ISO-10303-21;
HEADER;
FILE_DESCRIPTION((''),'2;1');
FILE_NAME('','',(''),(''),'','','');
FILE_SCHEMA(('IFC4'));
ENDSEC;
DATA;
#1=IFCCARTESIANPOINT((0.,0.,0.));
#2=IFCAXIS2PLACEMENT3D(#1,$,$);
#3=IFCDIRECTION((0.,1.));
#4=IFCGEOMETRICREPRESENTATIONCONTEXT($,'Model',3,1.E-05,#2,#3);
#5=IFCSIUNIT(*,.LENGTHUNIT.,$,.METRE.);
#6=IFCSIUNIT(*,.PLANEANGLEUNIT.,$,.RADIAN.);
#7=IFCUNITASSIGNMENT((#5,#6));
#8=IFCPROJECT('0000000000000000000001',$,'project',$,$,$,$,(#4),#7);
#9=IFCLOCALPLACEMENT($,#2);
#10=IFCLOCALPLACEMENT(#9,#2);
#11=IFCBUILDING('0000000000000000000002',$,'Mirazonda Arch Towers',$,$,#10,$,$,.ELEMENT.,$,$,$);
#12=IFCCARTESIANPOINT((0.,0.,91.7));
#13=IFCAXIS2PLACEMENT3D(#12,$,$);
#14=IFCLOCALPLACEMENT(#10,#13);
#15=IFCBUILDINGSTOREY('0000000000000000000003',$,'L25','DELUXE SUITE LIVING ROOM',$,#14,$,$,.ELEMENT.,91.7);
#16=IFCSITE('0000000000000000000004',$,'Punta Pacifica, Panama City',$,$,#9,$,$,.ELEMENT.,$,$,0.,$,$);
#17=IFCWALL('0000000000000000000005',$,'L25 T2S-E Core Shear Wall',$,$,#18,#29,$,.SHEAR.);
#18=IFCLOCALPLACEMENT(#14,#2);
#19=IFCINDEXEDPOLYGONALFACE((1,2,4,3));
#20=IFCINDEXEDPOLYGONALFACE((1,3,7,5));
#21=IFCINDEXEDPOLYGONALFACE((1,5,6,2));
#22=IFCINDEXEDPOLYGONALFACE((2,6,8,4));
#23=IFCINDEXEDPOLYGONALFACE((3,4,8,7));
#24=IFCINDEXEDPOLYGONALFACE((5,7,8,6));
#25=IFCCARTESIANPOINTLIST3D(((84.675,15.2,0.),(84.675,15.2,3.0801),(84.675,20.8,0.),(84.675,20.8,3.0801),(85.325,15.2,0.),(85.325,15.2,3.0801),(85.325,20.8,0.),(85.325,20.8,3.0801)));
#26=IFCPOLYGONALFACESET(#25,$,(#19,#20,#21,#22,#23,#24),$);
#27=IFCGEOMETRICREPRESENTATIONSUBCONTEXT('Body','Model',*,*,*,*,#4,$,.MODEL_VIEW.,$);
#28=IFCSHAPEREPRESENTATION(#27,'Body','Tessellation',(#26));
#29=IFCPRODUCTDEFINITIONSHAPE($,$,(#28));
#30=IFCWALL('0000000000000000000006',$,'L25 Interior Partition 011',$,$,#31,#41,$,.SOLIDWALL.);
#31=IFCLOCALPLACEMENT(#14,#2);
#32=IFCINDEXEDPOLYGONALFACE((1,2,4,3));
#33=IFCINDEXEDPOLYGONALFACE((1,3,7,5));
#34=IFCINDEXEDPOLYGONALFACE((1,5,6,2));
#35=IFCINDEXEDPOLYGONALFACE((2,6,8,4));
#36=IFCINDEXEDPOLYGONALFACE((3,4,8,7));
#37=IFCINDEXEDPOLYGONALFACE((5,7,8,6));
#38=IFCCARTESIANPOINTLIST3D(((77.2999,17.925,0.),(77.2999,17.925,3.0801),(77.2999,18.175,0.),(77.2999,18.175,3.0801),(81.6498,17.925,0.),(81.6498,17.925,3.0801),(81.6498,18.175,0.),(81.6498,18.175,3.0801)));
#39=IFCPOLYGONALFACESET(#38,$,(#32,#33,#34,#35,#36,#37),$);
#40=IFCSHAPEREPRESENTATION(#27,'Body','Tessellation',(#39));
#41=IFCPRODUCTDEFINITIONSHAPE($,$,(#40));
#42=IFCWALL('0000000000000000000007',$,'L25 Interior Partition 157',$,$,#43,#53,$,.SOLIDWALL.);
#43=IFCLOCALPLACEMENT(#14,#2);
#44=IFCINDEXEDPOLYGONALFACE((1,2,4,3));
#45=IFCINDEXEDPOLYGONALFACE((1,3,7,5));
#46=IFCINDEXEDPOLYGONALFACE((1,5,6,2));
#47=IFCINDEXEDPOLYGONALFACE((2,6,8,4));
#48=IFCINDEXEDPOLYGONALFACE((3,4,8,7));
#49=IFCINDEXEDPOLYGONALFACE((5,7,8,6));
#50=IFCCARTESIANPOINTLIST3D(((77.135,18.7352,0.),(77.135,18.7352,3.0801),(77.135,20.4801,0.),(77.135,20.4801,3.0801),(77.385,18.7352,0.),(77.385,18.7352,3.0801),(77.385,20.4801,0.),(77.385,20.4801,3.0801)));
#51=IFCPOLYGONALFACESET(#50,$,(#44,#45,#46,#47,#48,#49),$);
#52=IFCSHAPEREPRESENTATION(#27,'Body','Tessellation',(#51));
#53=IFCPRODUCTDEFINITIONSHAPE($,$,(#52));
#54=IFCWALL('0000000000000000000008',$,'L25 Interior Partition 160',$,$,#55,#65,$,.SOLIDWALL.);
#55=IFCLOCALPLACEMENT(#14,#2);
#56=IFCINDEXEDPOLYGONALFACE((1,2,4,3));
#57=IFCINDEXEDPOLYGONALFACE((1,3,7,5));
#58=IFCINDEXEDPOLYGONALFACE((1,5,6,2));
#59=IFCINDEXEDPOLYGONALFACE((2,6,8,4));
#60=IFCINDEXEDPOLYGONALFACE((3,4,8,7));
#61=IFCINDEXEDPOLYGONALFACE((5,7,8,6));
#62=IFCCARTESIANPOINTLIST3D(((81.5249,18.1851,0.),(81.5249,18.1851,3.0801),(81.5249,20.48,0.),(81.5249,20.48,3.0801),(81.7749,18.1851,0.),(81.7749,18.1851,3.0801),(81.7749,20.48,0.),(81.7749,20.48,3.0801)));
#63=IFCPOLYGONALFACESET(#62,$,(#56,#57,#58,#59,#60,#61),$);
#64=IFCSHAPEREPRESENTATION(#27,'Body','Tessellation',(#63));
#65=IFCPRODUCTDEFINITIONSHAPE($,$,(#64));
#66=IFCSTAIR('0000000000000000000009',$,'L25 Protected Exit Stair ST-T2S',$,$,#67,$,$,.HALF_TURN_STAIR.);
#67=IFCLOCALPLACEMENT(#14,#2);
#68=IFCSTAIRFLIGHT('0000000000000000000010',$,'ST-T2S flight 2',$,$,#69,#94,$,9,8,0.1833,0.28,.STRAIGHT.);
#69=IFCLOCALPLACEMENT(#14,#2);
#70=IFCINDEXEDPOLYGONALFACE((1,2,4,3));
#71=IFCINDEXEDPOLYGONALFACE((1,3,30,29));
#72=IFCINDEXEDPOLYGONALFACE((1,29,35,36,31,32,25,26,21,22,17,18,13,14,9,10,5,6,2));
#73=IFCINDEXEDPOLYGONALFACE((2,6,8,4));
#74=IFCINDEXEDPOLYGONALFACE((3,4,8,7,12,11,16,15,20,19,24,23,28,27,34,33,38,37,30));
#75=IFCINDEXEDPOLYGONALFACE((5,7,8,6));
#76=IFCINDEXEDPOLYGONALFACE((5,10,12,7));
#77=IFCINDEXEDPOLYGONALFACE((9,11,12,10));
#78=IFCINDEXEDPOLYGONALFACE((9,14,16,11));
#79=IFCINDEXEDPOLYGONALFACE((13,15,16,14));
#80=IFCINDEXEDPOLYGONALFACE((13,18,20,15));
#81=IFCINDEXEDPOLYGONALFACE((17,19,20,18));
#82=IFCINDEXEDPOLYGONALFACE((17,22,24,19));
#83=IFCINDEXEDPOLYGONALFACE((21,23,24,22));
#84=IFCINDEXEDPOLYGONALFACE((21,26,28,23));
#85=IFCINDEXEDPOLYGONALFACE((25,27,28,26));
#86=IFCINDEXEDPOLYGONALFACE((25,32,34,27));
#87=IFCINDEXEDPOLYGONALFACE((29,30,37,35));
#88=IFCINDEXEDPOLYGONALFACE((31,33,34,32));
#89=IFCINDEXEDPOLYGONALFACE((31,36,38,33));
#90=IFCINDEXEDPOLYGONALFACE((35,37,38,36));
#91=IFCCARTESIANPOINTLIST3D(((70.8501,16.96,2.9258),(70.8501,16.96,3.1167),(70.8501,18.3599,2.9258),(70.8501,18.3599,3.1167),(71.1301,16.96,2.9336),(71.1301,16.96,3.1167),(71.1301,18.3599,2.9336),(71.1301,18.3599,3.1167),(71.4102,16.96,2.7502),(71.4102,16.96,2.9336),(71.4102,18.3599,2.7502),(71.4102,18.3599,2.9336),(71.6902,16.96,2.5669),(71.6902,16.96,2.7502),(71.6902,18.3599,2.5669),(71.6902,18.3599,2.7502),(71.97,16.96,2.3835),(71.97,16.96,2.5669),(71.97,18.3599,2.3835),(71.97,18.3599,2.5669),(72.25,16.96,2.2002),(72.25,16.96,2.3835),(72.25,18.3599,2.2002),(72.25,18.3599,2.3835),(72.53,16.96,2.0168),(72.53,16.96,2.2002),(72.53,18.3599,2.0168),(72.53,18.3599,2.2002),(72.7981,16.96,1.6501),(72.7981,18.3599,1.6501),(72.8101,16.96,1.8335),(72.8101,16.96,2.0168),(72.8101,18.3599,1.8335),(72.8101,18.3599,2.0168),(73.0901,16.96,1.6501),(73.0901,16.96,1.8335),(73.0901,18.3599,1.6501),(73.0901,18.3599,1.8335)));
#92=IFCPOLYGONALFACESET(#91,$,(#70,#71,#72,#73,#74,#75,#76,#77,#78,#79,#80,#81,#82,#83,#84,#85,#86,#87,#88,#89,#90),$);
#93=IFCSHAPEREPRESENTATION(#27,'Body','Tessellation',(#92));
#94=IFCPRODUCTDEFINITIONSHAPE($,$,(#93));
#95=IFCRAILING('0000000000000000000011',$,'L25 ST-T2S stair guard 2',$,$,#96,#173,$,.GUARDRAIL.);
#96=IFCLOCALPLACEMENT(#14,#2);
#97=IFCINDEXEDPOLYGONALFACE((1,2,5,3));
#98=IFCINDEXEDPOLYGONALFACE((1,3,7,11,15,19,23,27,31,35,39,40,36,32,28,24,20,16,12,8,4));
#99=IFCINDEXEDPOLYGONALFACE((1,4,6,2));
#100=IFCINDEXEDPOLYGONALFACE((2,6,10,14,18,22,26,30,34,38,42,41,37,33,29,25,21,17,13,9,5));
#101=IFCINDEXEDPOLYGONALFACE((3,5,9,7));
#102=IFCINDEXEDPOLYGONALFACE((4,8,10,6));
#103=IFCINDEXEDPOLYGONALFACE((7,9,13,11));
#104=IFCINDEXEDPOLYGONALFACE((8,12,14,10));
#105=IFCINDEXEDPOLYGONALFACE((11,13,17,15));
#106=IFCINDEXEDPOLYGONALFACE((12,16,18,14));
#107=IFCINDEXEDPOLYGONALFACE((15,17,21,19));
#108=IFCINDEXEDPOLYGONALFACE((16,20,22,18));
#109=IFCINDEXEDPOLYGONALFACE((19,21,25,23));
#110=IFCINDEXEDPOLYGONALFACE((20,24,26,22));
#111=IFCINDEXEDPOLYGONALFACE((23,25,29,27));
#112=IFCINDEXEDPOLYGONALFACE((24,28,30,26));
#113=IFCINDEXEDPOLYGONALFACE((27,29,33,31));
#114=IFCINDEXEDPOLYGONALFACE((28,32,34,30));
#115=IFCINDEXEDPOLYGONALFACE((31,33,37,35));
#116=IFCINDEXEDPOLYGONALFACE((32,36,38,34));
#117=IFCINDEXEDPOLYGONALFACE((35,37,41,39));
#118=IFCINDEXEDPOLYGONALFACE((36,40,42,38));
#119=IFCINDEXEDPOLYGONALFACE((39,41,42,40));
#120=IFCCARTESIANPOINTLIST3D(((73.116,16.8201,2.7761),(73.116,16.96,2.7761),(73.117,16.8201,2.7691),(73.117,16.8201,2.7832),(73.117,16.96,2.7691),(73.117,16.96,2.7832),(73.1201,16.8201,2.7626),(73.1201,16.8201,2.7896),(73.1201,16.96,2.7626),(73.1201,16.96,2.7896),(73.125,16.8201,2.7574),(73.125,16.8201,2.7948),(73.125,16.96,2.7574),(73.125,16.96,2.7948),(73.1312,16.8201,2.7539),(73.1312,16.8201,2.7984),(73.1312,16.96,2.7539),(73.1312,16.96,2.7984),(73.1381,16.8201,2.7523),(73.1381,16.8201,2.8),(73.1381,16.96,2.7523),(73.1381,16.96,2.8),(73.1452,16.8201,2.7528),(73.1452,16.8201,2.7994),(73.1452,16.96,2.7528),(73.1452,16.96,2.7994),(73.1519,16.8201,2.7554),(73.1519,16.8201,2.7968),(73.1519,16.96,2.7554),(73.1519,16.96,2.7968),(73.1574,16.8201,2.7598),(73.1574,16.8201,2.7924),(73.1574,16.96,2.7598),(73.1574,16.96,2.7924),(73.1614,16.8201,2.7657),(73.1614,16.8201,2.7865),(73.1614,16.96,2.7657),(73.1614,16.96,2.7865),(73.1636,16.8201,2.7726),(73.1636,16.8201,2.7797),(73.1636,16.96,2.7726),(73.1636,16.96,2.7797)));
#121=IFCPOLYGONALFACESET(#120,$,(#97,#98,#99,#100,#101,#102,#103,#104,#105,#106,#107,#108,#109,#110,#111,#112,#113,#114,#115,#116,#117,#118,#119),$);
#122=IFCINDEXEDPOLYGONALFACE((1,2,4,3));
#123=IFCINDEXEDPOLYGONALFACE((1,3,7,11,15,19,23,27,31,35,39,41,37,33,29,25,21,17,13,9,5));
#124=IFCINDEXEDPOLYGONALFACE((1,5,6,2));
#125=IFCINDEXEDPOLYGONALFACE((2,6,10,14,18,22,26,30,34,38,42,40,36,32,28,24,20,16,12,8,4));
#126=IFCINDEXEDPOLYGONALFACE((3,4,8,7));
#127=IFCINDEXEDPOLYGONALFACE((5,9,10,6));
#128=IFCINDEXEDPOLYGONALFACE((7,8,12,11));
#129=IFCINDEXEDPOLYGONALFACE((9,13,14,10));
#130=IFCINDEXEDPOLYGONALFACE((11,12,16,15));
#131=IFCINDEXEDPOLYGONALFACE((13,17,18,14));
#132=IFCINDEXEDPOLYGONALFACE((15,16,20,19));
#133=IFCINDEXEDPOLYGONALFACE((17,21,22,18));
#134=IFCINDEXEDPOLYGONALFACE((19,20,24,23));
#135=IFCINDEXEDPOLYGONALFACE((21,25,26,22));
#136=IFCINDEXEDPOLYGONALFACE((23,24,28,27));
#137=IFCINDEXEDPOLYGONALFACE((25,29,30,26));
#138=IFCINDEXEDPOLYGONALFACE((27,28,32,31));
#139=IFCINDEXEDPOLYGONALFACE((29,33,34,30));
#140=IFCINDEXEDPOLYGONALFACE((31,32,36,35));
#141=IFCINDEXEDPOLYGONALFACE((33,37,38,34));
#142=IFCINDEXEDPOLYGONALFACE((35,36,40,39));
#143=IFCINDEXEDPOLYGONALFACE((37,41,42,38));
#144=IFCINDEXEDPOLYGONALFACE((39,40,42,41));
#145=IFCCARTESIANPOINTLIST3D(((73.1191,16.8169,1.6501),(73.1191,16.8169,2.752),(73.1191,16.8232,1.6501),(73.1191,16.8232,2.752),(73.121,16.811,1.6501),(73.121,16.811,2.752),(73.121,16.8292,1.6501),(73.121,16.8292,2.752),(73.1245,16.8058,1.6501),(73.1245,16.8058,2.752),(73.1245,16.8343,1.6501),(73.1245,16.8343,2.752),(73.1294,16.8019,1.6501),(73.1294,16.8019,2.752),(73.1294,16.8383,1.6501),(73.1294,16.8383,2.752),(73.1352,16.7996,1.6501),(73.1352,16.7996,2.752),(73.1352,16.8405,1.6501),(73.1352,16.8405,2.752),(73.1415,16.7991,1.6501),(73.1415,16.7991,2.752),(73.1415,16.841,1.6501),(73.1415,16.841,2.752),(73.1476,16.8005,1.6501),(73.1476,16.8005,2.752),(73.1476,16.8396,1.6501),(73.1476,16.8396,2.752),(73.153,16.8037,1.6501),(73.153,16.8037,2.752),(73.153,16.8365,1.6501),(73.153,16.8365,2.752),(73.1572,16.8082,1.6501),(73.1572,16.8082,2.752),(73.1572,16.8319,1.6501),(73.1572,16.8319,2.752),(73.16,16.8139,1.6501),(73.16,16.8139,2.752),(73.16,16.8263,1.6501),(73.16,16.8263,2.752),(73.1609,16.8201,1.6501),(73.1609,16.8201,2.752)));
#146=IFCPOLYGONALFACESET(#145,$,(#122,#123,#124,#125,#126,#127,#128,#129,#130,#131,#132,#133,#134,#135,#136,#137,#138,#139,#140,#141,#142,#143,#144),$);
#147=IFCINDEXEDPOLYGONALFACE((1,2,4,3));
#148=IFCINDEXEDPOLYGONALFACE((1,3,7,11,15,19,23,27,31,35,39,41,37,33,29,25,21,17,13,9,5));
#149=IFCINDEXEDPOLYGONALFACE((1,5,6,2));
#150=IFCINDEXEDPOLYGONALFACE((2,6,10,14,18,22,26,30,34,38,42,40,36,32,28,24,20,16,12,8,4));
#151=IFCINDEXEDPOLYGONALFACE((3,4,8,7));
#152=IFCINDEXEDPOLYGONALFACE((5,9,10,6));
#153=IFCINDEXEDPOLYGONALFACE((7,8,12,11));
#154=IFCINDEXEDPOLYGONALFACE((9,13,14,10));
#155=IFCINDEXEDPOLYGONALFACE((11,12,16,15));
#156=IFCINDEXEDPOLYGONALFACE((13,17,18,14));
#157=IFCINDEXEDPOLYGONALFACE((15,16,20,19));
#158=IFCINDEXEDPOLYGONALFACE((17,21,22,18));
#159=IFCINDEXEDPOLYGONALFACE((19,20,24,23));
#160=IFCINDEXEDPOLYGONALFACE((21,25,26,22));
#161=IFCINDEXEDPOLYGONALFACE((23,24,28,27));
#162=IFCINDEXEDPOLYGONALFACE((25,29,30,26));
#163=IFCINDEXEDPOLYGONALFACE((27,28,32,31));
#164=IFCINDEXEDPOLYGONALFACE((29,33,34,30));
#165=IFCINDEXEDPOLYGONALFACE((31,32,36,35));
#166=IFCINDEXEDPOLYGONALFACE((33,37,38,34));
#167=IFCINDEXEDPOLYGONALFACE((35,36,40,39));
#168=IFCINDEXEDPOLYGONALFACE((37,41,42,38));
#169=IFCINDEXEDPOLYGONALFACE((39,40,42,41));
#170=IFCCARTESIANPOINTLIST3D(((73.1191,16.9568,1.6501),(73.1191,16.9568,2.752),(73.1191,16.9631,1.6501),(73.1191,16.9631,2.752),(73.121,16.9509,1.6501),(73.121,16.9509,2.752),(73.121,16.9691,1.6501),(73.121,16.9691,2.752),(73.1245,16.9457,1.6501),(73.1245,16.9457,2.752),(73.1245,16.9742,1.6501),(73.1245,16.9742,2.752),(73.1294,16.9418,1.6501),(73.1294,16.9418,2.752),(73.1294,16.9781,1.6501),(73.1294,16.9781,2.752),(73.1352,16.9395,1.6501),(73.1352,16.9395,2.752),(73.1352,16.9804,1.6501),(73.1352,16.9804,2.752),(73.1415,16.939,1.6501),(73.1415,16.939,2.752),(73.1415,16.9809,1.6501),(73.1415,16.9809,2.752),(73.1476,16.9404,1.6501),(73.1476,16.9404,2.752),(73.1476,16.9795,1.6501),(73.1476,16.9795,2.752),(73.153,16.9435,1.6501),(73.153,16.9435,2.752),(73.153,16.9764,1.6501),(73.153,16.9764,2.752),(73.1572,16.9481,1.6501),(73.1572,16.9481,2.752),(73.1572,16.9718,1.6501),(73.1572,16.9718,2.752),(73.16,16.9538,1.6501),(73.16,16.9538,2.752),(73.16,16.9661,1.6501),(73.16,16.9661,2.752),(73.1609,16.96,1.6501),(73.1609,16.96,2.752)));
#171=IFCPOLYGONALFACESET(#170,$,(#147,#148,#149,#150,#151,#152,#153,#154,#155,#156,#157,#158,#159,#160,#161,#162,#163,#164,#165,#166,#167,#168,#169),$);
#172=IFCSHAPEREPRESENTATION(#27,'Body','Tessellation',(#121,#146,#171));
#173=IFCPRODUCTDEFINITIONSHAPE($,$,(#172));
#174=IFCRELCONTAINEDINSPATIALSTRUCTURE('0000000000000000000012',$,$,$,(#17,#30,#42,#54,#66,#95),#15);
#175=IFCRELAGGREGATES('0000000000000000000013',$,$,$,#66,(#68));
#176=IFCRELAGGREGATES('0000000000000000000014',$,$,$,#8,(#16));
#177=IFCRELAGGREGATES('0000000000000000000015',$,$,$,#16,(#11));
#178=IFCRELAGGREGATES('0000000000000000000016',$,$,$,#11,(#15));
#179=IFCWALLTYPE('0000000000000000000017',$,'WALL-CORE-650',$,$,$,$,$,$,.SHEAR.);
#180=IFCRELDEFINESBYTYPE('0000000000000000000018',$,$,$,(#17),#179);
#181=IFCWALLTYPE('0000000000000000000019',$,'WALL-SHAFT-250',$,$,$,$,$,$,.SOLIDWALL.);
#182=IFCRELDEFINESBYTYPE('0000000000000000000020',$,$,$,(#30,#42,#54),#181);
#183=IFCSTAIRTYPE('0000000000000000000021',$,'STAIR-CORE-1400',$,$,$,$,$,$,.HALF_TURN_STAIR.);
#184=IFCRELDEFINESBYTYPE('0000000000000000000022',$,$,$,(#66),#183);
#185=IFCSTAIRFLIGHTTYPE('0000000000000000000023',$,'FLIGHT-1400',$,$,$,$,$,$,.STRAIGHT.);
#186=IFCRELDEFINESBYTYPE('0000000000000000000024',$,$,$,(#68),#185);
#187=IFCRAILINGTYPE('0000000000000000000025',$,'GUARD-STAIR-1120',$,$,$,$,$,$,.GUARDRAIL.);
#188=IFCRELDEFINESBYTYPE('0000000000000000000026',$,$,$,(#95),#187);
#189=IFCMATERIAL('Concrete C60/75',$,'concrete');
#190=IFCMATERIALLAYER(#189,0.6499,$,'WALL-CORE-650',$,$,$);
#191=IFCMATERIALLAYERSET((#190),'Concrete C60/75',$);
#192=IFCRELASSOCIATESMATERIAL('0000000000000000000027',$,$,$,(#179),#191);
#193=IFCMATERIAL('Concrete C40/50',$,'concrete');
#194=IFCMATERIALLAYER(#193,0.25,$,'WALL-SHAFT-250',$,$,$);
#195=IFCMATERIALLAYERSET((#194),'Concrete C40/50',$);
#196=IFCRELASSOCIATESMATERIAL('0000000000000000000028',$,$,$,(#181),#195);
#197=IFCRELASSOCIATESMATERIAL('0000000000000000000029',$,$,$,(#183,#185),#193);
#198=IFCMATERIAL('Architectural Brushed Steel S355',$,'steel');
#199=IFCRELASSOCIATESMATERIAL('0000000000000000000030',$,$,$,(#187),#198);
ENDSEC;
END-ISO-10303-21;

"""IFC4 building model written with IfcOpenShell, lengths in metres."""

from ifc_helpers import new_model, si_unit, direction, frame, frame_2d, origin, origin_2d, place, context, subcontext, project, spatial, polyline, rectangle, circle, outline, extrude, material, layer, layer_set, type_object, element, aggregate, save


model = new_model("IFC4")

# Units and contexts
model_context = context("Model", 3, precision=1e-05, world=origin(), true_north=direction((0.0, 1.0)))
body_context = subcontext(model_context, "Body", "Model", "MODEL_VIEW")
ifc_project = project(units=[si_unit("LENGTHUNIT", "METRE"), si_unit("PLANEANGLEUNIT", "RADIAN")], contexts=[model_context])

# Site, building, storey
site_placement = place(None, origin())
site = spatial("IfcSite", under=ifc_project, at=site_placement, Name="Punta Pacifica, Panama City", CompositionType="ELEMENT", RefElevation=0.0)
building_placement = place(site_placement, origin())
building = spatial("IfcBuilding", under=site, at=building_placement, Name="Mirazonda Arch Towers", CompositionType="ELEMENT")
storey_placement = place(building_placement, frame((0.0, 0.0, 91.7)))
storey = spatial("IfcBuildingStorey", under=building, at=storey_placement, Name="L25", Description="DELUXE SUITE LIVING ROOM", CompositionType="ELEMENT", Elevation=91.7)

# Walls
ifc_material_1 = material(Name="Concrete C60/75", Category="concrete")
ifc_layer_1 = layer(ifc_material_1, 0.6499, Name="WALL-CORE-650")
ifc_layer_set_1 = layer_set([ifc_layer_1], Name="Concrete C60/75")
wall_type_1 = type_object("IfcWallType", Name="WALL-CORE-650", PredefinedType="SHEAR", material=ifc_layer_set_1)
wall_1_placement = place(storey_placement, frame((85.0, 15.2, 0.0), z_axis=(0.0, 0.0, 1.0), x_axis=(0.0, 1.0, 0.0)))
element("IfcWall", 1, at=wall_1_placement, inside=storey, type_object=wall_type_1, Name="L25 T2S-E Core Shear Wall", PredefinedType="SHEAR", context=body_context, shape_type="SweptSolid", body=[
    extrude(rectangle(XDim=5.6001, YDim=0.6499, at=frame_2d((2.8, 0.0))), origin(), (0.0, 0.0, 1.0), 3.0801),
])
ifc_material_2 = material(Name="Concrete C40/50", Category="concrete")
ifc_layer_2 = layer(ifc_material_2, 0.25, Name="WALL-SHAFT-250")
ifc_layer_set_2 = layer_set([ifc_layer_2], Name="Concrete C40/50")
wall_type_2 = type_object("IfcWallType", Name="WALL-SHAFT-250", PredefinedType="SOLIDWALL", material=ifc_layer_set_2)
wall_2_placement = place(storey_placement, frame((77.3, 18.05, 0.0), z_axis=(0.0, 0.0, 1.0), x_axis=(1.0, 0.0, 0.0)))
element("IfcWall", 2, at=wall_2_placement, inside=storey, type_object=wall_type_2, Name="L25 Interior Partition 011", PredefinedType="SOLIDWALL", context=body_context, shape_type="SweptSolid", body=[
    extrude(rectangle(XDim=4.3499, YDim=0.25, at=frame_2d((2.1748, 0.0))), origin(), (0.0, 0.0, 1.0), 3.0801),
])
wall_3_placement = place(storey_placement, frame((77.26, 18.7351, 0.0), z_axis=(0.0, 0.0, 1.0), x_axis=(0.0, 1.0, 0.0)))
element("IfcWall", 3, at=wall_3_placement, inside=storey, type_object=wall_type_2, Name="L25 Interior Partition 157", PredefinedType="SOLIDWALL", context=body_context, shape_type="SweptSolid", body=[
    extrude(rectangle(XDim=1.7449, YDim=0.25, at=frame_2d((0.8726, 0.0))), origin(), (0.0, 0.0, 1.0), 3.0801),
])
wall_4_placement = place(storey_placement, frame((81.6499, 18.1851, 0.0), z_axis=(0.0, 0.0, 1.0), x_axis=(0.0, 1.0, 0.0)))
element("IfcWall", 4, at=wall_4_placement, inside=storey, type_object=wall_type_2, Name="L25 Interior Partition 160", PredefinedType="SOLIDWALL", context=body_context, shape_type="SweptSolid", body=[
    extrude(rectangle(XDim=2.2949, YDim=0.25, at=frame_2d((1.1475, 0.0))), origin(), (0.0, 0.0, 1.0), 3.0801),
])

# Stair, stair flight
stair_type = type_object("IfcStairType", Name="STAIR-CORE-1400", PredefinedType="HALF_TURN_STAIR", material=ifc_material_2)
stair_placement = place(storey_placement, origin())
stair = element("IfcStair", 5, at=stair_placement, inside=storey, type_object=stair_type, Name="L25 Protected Exit Stair ST-T2S", PredefinedType="HALF_TURN_STAIR")
stair_flight_type = type_object("IfcStairFlightType", Name="FLIGHT-1400", PredefinedType="STRAIGHT", material=ifc_material_2)
stair_flight_placement = place(storey_placement, frame((73.0901, 17.6599, 1.6501), z_axis=(0.0, 0.0, 1.0), x_axis=(-1.0, 0.0, 0.0)))
stair_flight = element("IfcStairFlight", 6, at=stair_flight_placement, type_object=stair_flight_type, Name="ST-T2S flight 2", NumberOfRisers=9, NumberOfTreads=8, PredefinedType="STRAIGHT", RiserHeight=0.1833, TreadLength=0.28, context=body_context, shape_type="SweptSolid", body=[
    extrude(outline(polyline([(0.0, 0.0), (0.0, 0.1833), (0.28, 0.1833), (0.28, 0.3667), (0.5601, 0.3667), (0.5601, 0.55), (0.8401, 0.55), (0.8401, 0.7334), (1.1201, 0.7334), (1.1201, 0.9167), (1.3999, 0.9167), (1.3999, 1.1001), (1.6799, 1.1001), (1.6799, 1.2834), (1.96, 1.2834), (1.96, 1.4666), (2.24, 1.4666), (2.24, 1.6499), (2.24, 1.2756), (0.292, 0.0), (0.0, 0.0)])), frame((0.0, 0.7, 0.0), z_axis=(0.0, -1.0, 0.0), x_axis=(1.0, 0.0, 0.0)), (0.0, 0.0, 1.0), 1.3999),
])
aggregate(stair, [stair_flight])

# Railing
ifc_material_3 = material(Name="Architectural Brushed Steel S355", Category="steel")
railing_type_1 = type_object("IfcRailingType", Name="GUARD-STAIR-1120", PredefinedType="GUARDRAIL", material=ifc_material_3)
railing_1_placement = place(storey_placement, frame((73.1399, 16.8201, 1.6501)))
element("IfcRailing", 7, at=railing_1_placement, inside=storey, type_object=railing_type_1, Name="L25 ST-T2S stair guard 2", PredefinedType="GUARDRAIL", context=body_context, shape_type="SweptSolid", body=[
    extrude(circle(Radius=0.0239, at=origin_2d()), frame((0.0, 0.0, 1.126), z_axis=(0.0, 1.0, 0.0), x_axis=(-1.0, 0.0, 0.0)), (0.0, 0.0, 1.0), 0.1399),
    extrude(circle(Radius=0.021, at=origin_2d()), origin(), (0.0, 0.0, 1.0), 1.1018),
    extrude(circle(Radius=0.021, at=origin_2d()), frame((0.0, 0.1399, 0.0)), (0.0, 0.0, 1.0), 1.1018),
])

save(model, "model.ifc")
